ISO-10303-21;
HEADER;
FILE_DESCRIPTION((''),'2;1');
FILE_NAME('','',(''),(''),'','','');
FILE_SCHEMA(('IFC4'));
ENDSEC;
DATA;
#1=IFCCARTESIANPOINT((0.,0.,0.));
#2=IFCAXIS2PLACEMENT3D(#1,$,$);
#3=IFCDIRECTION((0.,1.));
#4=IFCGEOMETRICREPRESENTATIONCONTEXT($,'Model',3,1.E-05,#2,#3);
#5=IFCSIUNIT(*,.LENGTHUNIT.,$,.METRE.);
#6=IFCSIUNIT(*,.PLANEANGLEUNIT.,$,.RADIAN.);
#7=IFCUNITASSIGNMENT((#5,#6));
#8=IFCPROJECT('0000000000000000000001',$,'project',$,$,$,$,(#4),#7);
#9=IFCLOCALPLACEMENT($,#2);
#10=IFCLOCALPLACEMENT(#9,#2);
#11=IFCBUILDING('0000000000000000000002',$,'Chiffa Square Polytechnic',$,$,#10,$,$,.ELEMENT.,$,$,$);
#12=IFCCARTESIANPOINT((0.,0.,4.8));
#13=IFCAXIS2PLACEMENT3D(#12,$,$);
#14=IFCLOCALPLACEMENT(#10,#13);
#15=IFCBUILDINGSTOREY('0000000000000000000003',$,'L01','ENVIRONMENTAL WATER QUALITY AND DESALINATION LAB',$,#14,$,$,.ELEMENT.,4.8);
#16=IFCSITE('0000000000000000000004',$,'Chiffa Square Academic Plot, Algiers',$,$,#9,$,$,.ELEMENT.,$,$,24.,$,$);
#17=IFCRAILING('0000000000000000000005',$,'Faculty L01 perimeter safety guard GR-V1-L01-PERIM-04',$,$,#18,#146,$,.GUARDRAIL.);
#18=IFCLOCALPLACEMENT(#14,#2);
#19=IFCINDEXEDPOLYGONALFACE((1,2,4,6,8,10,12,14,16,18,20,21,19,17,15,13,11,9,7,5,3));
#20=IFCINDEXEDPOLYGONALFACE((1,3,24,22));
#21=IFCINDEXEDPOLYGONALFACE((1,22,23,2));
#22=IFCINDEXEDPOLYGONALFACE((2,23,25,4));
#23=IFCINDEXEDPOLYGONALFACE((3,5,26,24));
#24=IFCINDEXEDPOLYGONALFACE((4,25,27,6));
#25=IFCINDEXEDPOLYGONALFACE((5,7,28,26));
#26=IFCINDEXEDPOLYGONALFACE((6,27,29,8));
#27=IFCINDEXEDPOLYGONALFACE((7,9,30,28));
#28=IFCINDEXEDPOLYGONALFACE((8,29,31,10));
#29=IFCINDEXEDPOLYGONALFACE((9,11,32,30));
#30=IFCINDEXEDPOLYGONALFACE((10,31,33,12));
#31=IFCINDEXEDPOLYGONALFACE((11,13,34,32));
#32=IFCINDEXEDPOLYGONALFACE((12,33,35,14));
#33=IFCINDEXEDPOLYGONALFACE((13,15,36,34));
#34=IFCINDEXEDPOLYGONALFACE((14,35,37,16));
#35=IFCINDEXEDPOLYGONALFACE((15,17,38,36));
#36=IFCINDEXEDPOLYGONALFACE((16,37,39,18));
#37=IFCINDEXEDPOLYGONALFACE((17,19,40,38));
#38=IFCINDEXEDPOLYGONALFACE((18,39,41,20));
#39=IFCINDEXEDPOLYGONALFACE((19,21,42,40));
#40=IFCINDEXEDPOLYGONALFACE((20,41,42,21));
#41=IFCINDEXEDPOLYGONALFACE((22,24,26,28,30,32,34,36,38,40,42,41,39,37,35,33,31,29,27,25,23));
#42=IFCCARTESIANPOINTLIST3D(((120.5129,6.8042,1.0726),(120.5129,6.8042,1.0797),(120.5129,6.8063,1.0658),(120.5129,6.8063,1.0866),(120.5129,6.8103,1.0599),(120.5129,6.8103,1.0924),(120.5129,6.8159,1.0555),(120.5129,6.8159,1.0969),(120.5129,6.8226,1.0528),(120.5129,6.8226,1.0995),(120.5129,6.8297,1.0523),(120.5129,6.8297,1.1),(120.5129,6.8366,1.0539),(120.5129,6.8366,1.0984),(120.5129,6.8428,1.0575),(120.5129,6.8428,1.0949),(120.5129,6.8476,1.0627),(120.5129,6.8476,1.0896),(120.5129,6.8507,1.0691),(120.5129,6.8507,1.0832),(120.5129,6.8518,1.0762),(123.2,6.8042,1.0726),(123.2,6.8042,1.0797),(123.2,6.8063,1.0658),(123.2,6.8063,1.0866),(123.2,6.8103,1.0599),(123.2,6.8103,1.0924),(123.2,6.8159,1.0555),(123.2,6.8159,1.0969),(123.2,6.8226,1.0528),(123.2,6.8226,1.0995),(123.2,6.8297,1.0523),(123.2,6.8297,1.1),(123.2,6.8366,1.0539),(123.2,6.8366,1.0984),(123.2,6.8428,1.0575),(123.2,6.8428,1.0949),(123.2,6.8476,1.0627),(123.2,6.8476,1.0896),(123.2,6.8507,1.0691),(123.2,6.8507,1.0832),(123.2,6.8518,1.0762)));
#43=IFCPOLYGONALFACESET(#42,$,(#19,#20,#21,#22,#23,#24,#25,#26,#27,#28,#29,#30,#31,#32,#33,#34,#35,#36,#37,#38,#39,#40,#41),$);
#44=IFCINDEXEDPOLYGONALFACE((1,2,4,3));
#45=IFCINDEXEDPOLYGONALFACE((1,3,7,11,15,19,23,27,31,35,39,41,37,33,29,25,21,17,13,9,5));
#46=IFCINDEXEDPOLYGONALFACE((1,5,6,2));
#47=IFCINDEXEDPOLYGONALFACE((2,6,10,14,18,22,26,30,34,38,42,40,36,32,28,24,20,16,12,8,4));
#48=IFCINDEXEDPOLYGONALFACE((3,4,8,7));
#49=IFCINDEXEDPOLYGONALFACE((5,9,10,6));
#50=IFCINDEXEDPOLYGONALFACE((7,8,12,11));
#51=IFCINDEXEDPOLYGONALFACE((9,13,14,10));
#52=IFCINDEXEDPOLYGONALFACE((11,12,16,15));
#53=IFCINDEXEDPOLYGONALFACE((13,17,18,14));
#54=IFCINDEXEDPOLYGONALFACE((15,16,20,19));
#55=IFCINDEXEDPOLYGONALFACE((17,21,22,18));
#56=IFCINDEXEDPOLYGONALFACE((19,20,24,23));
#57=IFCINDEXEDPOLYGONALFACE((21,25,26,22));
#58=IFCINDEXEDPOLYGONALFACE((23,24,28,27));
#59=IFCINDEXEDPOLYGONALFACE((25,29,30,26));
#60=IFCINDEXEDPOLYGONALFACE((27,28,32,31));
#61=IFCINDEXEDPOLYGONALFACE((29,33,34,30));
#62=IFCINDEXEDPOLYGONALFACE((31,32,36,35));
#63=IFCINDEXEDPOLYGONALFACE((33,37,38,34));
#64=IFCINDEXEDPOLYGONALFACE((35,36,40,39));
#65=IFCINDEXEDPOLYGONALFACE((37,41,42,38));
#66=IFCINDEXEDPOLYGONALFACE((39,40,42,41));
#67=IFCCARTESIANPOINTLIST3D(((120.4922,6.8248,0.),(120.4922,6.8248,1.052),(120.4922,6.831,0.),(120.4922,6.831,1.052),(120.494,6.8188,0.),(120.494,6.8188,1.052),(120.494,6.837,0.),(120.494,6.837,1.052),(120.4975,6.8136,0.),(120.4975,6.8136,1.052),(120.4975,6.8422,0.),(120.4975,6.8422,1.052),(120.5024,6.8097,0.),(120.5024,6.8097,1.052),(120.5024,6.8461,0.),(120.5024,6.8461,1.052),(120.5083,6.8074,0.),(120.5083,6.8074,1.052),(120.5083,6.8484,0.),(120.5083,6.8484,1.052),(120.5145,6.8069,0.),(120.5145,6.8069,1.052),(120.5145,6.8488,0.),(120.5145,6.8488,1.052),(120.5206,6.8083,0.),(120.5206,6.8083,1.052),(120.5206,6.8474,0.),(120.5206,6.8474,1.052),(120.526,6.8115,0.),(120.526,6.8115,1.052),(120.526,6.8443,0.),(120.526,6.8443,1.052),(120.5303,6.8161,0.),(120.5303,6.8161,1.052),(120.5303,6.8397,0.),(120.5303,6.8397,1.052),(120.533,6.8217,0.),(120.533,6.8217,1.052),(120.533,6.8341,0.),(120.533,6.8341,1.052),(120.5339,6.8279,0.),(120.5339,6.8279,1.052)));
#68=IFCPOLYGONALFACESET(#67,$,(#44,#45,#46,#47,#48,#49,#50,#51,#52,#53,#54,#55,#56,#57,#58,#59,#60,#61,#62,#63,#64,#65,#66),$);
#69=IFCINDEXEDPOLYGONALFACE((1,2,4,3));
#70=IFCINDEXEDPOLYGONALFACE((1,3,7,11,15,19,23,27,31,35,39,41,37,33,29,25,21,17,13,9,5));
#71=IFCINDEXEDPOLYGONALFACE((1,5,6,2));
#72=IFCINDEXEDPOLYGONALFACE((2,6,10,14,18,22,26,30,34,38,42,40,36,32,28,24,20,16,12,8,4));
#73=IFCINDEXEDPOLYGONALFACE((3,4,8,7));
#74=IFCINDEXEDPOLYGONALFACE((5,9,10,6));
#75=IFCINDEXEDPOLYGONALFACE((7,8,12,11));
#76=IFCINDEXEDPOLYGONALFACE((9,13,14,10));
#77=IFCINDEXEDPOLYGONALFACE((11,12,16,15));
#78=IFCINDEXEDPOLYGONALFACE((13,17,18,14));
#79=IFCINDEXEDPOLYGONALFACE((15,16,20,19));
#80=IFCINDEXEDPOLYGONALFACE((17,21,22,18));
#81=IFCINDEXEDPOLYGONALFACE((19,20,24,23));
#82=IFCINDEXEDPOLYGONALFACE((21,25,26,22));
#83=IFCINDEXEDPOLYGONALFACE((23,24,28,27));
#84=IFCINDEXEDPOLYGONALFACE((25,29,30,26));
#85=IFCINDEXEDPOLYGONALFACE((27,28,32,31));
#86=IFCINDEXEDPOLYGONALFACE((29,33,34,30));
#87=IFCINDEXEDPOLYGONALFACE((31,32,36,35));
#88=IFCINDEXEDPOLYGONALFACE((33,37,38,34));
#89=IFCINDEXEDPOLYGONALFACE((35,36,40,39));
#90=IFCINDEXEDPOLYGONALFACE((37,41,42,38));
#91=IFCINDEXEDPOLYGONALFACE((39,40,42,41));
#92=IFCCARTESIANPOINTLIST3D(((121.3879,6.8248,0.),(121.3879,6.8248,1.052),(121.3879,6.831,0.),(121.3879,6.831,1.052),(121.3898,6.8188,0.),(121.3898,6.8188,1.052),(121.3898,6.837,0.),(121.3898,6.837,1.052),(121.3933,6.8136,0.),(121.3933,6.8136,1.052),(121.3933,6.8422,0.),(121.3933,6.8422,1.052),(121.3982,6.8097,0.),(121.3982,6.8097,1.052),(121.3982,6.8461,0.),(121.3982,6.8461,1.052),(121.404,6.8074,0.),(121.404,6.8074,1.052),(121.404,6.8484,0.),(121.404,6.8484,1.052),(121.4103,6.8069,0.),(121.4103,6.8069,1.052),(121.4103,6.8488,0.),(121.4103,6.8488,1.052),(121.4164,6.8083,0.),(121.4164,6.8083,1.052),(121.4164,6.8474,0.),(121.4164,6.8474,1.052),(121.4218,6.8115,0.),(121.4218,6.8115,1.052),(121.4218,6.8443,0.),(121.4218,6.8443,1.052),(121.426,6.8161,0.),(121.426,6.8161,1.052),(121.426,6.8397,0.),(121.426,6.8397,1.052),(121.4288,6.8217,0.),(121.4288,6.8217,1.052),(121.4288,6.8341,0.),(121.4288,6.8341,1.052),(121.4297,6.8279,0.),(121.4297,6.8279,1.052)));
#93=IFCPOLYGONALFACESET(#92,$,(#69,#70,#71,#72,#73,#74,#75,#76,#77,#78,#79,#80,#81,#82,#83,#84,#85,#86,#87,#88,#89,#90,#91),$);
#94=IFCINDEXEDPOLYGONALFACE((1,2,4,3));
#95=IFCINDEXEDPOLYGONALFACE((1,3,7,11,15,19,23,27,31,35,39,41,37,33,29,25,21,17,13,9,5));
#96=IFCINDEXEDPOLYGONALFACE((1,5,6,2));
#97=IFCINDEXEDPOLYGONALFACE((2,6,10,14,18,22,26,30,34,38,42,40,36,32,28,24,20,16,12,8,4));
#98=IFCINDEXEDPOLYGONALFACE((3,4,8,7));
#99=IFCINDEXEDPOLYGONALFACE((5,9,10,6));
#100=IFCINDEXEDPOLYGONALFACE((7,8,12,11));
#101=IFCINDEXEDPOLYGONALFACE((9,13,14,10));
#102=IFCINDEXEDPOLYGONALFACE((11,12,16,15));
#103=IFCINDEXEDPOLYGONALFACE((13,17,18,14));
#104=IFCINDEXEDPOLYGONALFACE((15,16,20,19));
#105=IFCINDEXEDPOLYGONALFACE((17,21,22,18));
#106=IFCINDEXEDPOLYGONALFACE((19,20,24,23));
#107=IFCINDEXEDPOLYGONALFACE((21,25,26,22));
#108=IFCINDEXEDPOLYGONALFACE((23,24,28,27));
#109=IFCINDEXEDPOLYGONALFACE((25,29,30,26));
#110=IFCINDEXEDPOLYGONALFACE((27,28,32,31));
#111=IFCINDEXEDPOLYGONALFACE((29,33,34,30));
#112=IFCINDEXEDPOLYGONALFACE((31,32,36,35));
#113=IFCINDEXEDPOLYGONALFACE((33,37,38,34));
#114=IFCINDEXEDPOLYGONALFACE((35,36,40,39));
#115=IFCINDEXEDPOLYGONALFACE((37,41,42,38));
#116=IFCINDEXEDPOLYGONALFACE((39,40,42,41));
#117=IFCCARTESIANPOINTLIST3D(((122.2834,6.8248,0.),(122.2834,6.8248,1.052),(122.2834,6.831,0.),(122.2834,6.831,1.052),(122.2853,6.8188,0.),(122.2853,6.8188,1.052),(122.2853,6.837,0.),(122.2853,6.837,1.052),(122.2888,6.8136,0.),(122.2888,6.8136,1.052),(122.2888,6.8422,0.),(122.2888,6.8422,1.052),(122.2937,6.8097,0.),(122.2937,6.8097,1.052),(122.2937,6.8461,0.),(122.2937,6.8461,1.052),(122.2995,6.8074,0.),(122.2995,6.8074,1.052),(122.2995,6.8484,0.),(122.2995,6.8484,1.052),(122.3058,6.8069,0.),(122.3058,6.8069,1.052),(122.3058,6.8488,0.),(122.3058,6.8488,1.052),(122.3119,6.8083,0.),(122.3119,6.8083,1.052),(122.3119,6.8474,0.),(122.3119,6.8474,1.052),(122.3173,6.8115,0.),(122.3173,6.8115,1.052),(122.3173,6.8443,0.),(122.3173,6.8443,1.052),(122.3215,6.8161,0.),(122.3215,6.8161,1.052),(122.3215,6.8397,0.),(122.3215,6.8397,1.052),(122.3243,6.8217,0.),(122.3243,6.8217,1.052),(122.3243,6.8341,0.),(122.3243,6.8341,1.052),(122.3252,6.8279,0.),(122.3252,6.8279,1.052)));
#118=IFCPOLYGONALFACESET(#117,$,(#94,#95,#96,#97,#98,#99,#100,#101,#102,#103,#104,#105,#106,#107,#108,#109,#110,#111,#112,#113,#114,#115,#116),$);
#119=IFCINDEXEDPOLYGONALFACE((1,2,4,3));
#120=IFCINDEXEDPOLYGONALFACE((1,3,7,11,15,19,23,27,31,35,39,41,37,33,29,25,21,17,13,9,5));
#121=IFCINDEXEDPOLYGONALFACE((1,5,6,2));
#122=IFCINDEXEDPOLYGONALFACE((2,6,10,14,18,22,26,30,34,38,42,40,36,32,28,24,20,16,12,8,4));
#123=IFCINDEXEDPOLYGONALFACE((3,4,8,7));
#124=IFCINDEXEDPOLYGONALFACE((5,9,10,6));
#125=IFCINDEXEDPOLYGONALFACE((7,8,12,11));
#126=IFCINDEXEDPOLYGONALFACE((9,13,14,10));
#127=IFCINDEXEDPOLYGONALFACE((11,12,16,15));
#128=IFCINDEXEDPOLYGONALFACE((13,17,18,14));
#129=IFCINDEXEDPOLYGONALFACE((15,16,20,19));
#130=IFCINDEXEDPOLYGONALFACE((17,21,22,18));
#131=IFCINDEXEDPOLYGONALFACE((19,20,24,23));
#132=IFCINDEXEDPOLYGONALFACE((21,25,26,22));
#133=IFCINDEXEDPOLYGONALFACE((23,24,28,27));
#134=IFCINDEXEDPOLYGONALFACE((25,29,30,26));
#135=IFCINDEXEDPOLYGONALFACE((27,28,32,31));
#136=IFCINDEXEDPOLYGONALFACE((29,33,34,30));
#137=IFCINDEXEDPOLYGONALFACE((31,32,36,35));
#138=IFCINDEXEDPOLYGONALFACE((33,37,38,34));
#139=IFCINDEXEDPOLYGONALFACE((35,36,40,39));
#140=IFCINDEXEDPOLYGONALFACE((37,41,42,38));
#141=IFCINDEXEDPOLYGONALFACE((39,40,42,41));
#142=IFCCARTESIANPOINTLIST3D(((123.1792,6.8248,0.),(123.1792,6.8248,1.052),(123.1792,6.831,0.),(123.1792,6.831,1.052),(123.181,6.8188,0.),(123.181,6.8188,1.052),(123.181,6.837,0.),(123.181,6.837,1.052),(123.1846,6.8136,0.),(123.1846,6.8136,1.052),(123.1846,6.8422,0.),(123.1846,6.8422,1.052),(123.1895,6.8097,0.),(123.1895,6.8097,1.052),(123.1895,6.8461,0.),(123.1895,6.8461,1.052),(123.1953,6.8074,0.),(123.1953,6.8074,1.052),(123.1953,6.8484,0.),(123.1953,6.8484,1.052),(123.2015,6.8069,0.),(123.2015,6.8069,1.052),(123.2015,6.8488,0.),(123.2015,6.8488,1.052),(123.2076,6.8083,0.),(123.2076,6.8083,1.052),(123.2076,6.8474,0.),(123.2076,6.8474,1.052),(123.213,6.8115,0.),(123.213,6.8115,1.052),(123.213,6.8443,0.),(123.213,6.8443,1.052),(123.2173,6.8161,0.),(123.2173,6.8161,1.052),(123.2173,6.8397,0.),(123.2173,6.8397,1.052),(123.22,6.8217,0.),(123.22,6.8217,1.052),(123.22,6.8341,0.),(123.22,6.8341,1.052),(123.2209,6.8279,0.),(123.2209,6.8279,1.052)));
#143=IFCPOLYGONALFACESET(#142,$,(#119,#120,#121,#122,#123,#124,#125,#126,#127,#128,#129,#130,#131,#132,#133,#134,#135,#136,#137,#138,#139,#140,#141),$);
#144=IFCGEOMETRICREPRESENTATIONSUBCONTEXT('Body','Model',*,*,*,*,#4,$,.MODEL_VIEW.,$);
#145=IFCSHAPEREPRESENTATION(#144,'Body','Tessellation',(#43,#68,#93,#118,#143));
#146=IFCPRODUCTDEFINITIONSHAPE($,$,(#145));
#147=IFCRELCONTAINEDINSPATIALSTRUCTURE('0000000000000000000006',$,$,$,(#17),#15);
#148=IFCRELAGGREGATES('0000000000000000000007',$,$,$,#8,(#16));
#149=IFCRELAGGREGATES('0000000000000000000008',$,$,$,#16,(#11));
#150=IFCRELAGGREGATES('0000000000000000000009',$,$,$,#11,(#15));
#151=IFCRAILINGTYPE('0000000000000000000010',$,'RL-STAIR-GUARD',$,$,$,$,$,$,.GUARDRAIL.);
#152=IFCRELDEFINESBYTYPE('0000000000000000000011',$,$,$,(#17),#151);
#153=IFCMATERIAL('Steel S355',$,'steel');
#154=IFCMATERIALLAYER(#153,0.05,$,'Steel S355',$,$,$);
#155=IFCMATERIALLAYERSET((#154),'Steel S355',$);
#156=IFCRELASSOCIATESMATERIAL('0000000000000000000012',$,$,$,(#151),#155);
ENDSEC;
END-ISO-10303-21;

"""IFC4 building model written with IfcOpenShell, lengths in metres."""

from ifc_helpers import new_model, si_unit, direction, frame, origin, origin_2d, place, context, subcontext, project, spatial, circle, extrude, material, layer, layer_set, type_object, element, save


model = new_model("IFC4")

# Units and contexts
model_context = context("Model", 3, precision=1e-05, world=origin(), true_north=direction((0.0, 1.0)))
body_context = subcontext(model_context, "Body", "Model", "MODEL_VIEW")
ifc_project = project(units=[si_unit("LENGTHUNIT", "METRE"), si_unit("PLANEANGLEUNIT", "RADIAN")], contexts=[model_context])

# Site, building, storey
site_placement = place(None, origin())
site = spatial("IfcSite", under=ifc_project, at=site_placement, Name="Chiffa Square Academic Plot, Algiers", CompositionType="ELEMENT", RefElevation=24.0)
building_placement = place(site_placement, origin())
building = spatial("IfcBuilding", under=site, at=building_placement, Name="Chiffa Square Polytechnic", CompositionType="ELEMENT")
storey_placement = place(building_placement, frame((0.0, 0.0, 4.8)))
storey = spatial("IfcBuildingStorey", under=building, at=storey_placement, Name="L01", Description="ENVIRONMENTAL WATER QUALITY AND DESALINATION LAB", CompositionType="ELEMENT", Elevation=4.8)

# Shared definitions
ifc_material_1 = material(Name="Steel S355", Category="steel")

# Railing
ifc_layer_1 = layer(ifc_material_1, 0.05, Name="Steel S355")
ifc_layer_set_1 = layer_set([ifc_layer_1], Name="Steel S355")
railing_type = type_object("IfcRailingType", Name="RL-STAIR-GUARD", PredefinedType="GUARDRAIL", material=ifc_layer_set_1)
railing_1_placement = place(storey_placement, frame((120.5129, 6.8279, 0.0)))
element("IfcRailing", 1, at=railing_1_placement, inside=storey, type_object=railing_type, Name="Faculty L01 perimeter safety guard GR-V1-L01-PERIM-04", PredefinedType="GUARDRAIL", context=body_context, shape_type="SweptSolid", body=[
    extrude(circle(Radius=0.0239, at=origin_2d()), frame((0.0, 0.0, 1.0762), z_axis=(1.0, 0.0, 0.0), x_axis=(0.0, 1.0, 0.0)), (0.0, 0.0, 1.0), 2.687),
    extrude(circle(Radius=0.021, at=origin_2d()), origin(), (0.0, 0.0, 1.0), 1.052),
    extrude(circle(Radius=0.021, at=origin_2d()), frame((0.8958, 0.0, 0.0)), (0.0, 0.0, 1.0), 1.052),
    extrude(circle(Radius=0.021, at=origin_2d()), frame((1.7913, 0.0, 0.0)), (0.0, 0.0, 1.0), 1.052),
    extrude(circle(Radius=0.021, at=origin_2d()), frame((2.687, 0.0, 0.0)), (0.0, 0.0, 1.0), 1.052),
])

save(model, "model.ifc")
